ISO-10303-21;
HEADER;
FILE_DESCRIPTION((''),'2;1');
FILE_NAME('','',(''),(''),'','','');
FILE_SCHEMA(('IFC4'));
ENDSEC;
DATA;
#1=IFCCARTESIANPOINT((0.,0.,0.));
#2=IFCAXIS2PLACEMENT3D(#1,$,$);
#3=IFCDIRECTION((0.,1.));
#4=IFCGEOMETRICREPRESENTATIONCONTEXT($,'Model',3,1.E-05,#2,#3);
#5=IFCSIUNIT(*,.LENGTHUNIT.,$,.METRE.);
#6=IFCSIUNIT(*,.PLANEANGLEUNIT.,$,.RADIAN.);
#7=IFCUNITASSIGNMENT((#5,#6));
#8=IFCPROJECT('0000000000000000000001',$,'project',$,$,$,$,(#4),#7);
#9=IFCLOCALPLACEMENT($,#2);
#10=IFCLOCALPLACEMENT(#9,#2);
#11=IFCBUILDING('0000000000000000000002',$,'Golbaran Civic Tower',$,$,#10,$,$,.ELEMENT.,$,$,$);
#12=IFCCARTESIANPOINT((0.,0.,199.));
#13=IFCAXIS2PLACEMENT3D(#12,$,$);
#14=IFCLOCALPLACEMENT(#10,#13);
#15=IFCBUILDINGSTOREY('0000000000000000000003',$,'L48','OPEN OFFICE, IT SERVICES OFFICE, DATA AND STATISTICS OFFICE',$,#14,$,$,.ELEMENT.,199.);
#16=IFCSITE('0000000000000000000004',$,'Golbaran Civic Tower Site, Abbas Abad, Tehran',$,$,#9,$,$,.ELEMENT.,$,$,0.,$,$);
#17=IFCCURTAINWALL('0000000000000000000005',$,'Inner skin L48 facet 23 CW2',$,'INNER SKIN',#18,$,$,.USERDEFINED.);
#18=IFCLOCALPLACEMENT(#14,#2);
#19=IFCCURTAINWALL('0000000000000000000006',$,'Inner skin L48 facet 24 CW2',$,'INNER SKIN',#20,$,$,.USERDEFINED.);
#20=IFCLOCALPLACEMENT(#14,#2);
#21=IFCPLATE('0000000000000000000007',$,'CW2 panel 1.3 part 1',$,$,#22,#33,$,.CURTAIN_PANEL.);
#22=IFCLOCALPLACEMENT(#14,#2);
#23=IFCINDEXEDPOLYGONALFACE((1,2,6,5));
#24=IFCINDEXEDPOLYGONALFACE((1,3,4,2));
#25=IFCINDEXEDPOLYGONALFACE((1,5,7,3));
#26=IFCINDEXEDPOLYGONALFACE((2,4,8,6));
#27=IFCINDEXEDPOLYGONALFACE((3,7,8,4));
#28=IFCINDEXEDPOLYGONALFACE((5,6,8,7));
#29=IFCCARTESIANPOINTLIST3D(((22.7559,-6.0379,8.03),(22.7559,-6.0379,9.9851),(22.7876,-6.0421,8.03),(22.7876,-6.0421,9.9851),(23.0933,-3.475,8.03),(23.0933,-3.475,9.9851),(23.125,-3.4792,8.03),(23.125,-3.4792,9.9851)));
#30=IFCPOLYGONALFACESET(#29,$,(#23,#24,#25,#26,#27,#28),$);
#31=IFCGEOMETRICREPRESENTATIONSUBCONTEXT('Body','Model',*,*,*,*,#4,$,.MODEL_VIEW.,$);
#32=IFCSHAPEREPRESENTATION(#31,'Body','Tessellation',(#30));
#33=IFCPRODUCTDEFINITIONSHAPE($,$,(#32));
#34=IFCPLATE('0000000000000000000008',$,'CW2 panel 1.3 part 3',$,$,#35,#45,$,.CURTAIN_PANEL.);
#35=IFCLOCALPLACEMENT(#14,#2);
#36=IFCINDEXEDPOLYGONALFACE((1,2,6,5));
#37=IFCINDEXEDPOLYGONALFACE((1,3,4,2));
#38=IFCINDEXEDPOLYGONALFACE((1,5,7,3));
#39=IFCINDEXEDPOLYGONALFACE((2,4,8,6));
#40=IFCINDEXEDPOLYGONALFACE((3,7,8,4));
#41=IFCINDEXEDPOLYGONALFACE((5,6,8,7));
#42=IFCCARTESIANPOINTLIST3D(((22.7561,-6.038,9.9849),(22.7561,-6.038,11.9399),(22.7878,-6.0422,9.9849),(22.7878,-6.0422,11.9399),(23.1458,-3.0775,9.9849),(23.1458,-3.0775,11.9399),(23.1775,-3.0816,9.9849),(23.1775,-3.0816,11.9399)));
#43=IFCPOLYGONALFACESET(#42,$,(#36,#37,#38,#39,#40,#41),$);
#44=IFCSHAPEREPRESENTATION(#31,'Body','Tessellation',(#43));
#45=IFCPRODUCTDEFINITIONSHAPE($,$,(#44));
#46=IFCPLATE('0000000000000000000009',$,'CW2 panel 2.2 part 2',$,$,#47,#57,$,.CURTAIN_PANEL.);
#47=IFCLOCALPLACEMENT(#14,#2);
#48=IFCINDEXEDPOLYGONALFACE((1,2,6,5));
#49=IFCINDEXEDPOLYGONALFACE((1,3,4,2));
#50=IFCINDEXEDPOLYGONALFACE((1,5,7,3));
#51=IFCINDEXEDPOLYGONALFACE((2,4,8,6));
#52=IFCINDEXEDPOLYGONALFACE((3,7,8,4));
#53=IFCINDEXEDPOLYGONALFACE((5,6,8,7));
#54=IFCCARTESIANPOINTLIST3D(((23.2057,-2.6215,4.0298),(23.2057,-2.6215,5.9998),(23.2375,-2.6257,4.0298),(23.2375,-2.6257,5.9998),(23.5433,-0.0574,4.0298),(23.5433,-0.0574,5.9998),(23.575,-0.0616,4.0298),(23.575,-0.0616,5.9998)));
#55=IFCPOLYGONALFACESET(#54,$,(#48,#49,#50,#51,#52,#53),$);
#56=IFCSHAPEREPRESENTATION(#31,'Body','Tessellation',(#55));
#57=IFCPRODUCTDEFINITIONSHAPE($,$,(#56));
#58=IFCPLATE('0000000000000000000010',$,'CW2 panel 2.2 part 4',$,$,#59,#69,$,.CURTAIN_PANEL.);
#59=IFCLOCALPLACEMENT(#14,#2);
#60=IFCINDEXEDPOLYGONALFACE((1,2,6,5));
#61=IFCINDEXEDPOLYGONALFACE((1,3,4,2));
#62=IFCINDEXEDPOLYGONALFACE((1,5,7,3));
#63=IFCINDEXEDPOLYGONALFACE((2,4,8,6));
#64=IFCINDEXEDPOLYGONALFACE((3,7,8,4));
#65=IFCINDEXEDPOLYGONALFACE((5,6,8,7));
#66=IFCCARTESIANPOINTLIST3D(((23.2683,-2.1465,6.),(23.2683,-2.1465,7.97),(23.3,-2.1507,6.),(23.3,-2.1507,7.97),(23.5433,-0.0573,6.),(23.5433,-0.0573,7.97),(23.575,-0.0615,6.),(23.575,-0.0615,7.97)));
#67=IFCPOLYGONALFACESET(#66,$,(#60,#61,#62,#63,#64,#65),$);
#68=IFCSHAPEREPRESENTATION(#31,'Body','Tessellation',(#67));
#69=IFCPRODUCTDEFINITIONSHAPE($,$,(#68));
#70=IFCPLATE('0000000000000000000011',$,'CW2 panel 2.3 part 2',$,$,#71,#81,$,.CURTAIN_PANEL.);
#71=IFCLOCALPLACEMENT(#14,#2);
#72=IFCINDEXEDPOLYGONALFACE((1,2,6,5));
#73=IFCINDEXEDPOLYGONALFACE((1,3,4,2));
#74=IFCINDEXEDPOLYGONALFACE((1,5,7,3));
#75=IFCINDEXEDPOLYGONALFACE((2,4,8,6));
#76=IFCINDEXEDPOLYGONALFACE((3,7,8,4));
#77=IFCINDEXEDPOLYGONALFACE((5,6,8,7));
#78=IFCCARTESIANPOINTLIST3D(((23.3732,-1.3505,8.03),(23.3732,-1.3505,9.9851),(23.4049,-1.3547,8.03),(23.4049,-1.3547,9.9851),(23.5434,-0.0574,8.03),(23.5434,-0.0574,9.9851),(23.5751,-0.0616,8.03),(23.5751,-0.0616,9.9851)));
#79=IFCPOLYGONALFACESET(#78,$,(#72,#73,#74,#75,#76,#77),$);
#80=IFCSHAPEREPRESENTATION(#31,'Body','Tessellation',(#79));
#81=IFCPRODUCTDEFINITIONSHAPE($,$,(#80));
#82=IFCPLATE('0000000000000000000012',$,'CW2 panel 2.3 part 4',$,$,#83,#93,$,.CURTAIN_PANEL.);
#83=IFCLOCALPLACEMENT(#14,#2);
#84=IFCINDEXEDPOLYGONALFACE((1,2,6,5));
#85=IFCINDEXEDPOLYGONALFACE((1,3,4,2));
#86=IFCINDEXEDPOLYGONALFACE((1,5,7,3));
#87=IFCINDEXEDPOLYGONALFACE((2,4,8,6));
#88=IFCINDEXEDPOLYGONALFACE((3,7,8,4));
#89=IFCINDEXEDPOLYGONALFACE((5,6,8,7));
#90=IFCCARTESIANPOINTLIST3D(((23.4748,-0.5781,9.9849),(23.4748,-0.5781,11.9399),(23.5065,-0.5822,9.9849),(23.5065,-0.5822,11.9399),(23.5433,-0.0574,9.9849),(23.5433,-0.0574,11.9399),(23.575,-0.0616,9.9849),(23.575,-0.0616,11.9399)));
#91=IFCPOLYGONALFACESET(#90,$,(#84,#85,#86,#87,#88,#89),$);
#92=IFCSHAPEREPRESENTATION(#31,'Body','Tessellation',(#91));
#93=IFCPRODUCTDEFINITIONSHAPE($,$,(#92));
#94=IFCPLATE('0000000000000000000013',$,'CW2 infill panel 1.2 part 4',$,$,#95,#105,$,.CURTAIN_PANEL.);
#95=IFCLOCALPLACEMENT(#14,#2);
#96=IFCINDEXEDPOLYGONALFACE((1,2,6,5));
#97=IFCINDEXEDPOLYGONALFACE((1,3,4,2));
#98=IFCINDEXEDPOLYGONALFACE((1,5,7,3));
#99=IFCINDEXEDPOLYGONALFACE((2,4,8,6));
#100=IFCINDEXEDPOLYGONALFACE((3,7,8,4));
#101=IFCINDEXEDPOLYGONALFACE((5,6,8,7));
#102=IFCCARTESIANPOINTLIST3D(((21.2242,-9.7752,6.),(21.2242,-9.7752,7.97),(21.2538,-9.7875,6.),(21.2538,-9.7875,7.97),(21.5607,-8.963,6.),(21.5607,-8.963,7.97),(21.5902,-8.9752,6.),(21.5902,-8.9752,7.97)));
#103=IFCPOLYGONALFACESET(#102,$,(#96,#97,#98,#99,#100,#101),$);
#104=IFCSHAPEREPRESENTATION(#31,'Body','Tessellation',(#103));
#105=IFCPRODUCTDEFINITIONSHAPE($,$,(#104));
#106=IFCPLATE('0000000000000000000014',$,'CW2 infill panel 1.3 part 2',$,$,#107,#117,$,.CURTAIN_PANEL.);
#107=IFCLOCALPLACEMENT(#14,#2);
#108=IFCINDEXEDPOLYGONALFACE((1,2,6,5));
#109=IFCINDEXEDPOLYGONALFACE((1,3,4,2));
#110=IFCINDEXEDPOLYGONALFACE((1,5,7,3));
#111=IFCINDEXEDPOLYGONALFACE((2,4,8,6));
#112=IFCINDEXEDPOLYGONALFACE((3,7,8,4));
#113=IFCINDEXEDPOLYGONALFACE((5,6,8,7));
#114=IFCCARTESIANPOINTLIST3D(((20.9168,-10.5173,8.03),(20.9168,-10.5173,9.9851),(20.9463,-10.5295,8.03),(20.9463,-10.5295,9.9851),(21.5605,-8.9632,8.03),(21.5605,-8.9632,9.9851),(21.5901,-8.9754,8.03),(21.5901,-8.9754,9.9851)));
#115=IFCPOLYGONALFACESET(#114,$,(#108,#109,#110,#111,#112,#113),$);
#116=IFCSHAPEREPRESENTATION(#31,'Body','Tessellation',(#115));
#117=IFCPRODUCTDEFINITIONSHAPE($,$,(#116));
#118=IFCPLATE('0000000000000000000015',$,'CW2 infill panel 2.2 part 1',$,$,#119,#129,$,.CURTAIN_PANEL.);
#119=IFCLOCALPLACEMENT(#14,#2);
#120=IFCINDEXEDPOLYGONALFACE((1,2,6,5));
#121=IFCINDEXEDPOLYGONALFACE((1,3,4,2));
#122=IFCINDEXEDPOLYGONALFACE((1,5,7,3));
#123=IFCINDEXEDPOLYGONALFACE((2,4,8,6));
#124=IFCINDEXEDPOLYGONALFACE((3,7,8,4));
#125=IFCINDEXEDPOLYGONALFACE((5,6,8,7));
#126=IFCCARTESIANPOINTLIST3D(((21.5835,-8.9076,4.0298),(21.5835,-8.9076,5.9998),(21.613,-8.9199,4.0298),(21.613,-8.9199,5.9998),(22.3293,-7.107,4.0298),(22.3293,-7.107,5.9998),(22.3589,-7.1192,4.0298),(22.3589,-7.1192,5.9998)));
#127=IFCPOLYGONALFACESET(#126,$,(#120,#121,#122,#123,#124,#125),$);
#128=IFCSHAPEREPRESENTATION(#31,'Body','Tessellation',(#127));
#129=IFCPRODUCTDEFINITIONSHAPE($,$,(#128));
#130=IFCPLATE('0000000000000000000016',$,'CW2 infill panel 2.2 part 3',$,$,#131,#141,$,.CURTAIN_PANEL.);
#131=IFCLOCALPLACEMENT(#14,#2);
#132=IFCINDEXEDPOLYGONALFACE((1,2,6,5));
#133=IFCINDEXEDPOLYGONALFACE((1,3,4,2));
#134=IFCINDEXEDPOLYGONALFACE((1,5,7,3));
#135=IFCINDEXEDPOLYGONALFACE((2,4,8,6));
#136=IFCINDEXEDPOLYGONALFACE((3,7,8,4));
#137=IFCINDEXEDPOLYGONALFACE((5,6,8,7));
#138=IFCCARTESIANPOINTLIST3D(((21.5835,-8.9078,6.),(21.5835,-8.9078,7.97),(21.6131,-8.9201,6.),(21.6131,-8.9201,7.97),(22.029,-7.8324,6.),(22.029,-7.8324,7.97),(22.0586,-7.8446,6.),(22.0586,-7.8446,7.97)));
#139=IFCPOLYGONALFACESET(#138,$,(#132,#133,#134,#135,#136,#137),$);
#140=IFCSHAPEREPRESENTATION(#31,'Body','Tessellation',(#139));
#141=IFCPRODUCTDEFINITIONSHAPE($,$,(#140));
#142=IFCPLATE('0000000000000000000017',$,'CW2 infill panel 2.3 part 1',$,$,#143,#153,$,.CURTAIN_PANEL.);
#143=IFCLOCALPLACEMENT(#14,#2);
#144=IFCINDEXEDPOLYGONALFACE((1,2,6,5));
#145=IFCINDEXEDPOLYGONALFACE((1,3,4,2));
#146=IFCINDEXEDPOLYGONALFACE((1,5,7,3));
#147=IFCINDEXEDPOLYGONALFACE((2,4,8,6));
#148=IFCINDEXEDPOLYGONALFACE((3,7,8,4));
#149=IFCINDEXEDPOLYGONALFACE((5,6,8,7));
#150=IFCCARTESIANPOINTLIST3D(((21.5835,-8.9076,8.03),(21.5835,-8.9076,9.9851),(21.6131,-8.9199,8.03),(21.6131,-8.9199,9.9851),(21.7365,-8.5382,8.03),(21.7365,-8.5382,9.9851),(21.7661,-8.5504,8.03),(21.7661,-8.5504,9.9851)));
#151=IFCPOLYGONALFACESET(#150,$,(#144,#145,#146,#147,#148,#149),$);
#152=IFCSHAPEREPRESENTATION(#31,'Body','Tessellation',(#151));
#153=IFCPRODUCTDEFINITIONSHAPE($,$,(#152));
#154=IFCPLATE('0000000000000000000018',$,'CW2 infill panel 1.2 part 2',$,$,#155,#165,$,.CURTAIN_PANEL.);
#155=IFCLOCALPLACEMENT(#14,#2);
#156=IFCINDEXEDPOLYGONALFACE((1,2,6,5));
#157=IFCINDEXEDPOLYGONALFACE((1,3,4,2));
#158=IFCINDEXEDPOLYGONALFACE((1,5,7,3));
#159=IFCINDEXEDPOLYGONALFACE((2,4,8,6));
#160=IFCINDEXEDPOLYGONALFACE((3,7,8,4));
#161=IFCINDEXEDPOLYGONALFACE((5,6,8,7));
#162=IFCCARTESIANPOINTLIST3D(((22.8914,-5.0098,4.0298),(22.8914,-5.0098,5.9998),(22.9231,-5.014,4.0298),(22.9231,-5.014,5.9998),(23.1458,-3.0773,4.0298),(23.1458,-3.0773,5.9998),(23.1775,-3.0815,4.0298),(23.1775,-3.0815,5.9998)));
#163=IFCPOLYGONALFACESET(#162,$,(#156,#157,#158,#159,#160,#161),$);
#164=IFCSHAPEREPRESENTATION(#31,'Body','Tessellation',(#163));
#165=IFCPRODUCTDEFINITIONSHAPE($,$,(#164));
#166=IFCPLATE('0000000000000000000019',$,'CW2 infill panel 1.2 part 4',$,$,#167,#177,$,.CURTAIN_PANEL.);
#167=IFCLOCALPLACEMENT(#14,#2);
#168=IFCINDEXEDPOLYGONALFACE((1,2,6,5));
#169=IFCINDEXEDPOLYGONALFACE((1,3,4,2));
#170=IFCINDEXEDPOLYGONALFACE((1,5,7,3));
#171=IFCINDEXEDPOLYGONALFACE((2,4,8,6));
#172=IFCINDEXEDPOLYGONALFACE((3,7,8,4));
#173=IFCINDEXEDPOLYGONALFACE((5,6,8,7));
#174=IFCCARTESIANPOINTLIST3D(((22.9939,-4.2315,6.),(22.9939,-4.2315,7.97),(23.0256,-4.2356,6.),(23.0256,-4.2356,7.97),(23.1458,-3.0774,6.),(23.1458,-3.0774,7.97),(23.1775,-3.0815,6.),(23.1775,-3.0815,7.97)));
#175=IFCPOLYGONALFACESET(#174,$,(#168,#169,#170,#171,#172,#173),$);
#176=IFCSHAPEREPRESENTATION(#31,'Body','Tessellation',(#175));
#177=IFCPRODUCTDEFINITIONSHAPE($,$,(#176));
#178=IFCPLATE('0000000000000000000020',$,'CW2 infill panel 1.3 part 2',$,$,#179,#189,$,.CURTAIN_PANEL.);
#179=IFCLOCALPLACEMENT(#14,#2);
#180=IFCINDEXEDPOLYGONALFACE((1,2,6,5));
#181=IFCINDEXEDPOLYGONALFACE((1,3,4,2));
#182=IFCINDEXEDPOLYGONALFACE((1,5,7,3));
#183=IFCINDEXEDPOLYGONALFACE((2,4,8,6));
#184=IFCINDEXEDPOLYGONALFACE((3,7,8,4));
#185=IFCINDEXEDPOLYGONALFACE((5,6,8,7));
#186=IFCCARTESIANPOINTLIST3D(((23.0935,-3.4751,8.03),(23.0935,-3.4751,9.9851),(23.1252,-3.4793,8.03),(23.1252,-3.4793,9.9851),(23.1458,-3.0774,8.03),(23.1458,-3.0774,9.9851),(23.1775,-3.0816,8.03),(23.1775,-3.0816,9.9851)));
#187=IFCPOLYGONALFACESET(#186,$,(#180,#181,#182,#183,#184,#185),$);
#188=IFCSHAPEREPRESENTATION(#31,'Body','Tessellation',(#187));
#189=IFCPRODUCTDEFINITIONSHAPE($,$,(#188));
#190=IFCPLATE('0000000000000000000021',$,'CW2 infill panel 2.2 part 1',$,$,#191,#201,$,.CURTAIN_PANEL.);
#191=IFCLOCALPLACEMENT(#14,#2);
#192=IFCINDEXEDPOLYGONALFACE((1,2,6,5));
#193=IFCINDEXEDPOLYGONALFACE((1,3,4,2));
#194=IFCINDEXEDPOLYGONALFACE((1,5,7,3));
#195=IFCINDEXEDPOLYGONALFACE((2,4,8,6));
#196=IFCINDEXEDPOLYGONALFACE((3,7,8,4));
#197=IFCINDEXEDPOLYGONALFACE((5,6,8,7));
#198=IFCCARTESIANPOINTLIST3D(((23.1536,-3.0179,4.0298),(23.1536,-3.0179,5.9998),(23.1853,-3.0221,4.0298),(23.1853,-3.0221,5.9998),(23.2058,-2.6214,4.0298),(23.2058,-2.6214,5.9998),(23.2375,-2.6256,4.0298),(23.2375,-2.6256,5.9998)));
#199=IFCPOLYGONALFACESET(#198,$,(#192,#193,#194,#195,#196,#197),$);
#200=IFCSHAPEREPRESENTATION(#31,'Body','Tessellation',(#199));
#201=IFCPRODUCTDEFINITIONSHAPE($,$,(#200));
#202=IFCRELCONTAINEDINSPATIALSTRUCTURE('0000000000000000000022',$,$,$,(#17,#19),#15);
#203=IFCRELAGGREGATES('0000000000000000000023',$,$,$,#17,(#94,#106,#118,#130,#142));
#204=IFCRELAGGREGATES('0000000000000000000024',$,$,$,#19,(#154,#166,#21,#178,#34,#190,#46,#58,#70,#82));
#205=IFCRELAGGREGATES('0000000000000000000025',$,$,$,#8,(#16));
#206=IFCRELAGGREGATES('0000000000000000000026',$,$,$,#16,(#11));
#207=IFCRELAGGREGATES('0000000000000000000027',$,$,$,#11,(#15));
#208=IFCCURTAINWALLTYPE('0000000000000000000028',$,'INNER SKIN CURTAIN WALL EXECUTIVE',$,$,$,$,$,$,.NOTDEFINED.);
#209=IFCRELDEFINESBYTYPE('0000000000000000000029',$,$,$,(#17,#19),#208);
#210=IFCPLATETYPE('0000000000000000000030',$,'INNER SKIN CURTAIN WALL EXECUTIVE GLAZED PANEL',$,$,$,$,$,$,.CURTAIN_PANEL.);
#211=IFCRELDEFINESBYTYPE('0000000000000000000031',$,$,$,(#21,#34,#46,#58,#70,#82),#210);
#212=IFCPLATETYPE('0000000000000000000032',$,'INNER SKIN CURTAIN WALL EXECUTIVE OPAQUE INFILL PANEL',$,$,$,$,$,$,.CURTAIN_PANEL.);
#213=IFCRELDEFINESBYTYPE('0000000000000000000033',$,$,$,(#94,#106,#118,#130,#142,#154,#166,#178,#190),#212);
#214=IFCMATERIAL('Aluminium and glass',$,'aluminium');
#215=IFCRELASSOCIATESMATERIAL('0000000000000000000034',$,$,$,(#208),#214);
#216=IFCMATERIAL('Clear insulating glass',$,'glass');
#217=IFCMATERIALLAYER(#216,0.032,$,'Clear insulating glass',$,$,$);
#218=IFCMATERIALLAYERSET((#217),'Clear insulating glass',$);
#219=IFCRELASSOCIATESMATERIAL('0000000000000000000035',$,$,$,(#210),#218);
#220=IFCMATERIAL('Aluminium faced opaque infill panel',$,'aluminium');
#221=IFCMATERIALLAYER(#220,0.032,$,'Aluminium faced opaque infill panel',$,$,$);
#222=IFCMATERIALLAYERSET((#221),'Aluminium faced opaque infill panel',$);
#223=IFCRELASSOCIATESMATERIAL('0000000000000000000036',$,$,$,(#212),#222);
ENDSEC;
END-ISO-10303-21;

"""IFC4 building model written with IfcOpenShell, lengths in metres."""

from ifc_helpers import new_model, si_unit, direction, frame, origin, origin_2d, place, context, subcontext, project, spatial, rectangle, extrude, material, layer, layer_set, type_object, element, aggregate, save


model = new_model("IFC4")

# Units and contexts
model_context = context("Model", 3, precision=1e-05, world=origin(), true_north=direction((0.0, 1.0)))
body_context = subcontext(model_context, "Body", "Model", "MODEL_VIEW")
ifc_project = project(units=[si_unit("LENGTHUNIT", "METRE"), si_unit("PLANEANGLEUNIT", "RADIAN")], contexts=[model_context])

# Site, building, storey
site_placement = place(None, origin())
site = spatial("IfcSite", under=ifc_project, at=site_placement, Name="Golbaran Civic Tower Site, Abbas Abad, Tehran", CompositionType="ELEMENT", RefElevation=0.0)
building_placement = place(site_placement, origin())
building = spatial("IfcBuilding", under=site, at=building_placement, Name="Golbaran Civic Tower", CompositionType="ELEMENT")
storey_placement = place(building_placement, frame((0.0, 0.0, 199.0)))
storey = spatial("IfcBuildingStorey", under=building, at=storey_placement, Name="L48", Description="OPEN OFFICE, IT SERVICES OFFICE, DATA AND STATISTICS OFFICE", CompositionType="ELEMENT", Elevation=199.0)

# Curtain walls
ifc_material_1 = material(Name="Aluminium and glass", Category="aluminium")
curtain_wall_type_1 = type_object("IfcCurtainWallType", Name="INNER SKIN CURTAIN WALL EXECUTIVE", PredefinedType="NOTDEFINED", material=ifc_material_1)
curtain_wall_1_placement = place(storey_placement, origin())
curtain_wall_1 = element("IfcCurtainWall", 1, at=curtain_wall_1_placement, inside=storey, type_object=curtain_wall_type_1, Name="Inner skin L48 facet 23 CW2", ObjectType="INNER SKIN", PredefinedType="USERDEFINED")
curtain_wall_2_placement = place(storey_placement, origin())
curtain_wall_2 = element("IfcCurtainWall", 2, at=curtain_wall_2_placement, inside=storey, type_object=curtain_wall_type_1, Name="Inner skin L48 facet 24 CW2", ObjectType="INNER SKIN", PredefinedType="USERDEFINED")

# Plates
ifc_material_2 = material(Name="Clear insulating glass", Category="glass")
ifc_layer_1 = layer(ifc_material_2, 0.032, Name="Clear insulating glass")
ifc_layer_set_1 = layer_set([ifc_layer_1], Name="Clear insulating glass")
plate_type_1 = type_object("IfcPlateType", Name="INNER SKIN CURTAIN WALL EXECUTIVE GLAZED PANEL", PredefinedType="CURTAIN_PANEL", material=ifc_layer_set_1)
plate_1_placement = place(storey_placement, frame((22.9404, -4.7585, 8.03), z_axis=(0.0, 0.0, 1.0), x_axis=(0.130526, 0.991445, 0.0)))
plate_1 = element("IfcPlate", 3, at=plate_1_placement, type_object=plate_type_1, Name="CW2 panel 1.3 part 1", PredefinedType="CURTAIN_PANEL", context=body_context, shape_type="SweptSolid", body=[
    extrude(rectangle(XDim=2.585, YDim=0.032, at=origin_2d()), origin(), (0.0, 0.0, 1.0), 1.9551),
])
plate_2_placement = place(storey_placement, frame((22.9668, -4.5598, 9.9849), z_axis=(0.0, 0.0, 1.0), x_axis=(0.130526, 0.991445, 0.0)))
plate_2 = element("IfcPlate", 4, at=plate_2_placement, type_object=plate_type_1, Name="CW2 panel 1.3 part 3", PredefinedType="CURTAIN_PANEL", context=body_context, shape_type="SweptSolid", body=[
    extrude(rectangle(XDim=2.9861, YDim=0.032, at=origin_2d()), origin(), (0.0, 0.0, 1.0), 1.9551),
])
plate_3_placement = place(storey_placement, frame((23.3904, -1.3416, 4.0298), z_axis=(0.0, 0.0, 1.0), x_axis=(0.130526, 0.991445, 0.0)))
plate_3 = element("IfcPlate", 5, at=plate_3_placement, type_object=plate_type_1, Name="CW2 panel 2.2 part 2", PredefinedType="CURTAIN_PANEL", context=body_context, shape_type="SweptSolid", body=[
    extrude(rectangle(XDim=2.5862, YDim=0.032, at=origin_2d()), origin(), (0.0, 0.0, 1.0), 1.97),
])
plate_4_placement = place(storey_placement, frame((23.4216, -1.104, 6.0), z_axis=(0.0, 0.0, 1.0), x_axis=(0.130526, 0.991445, 0.0)))
plate_4 = element("IfcPlate", 6, at=plate_4_placement, type_object=plate_type_1, Name="CW2 panel 2.2 part 4", PredefinedType="CURTAIN_PANEL", context=body_context, shape_type="SweptSolid", body=[
    extrude(rectangle(XDim=2.1072, YDim=0.032, at=origin_2d()), origin(), (0.0, 0.0, 1.0), 1.97),
])
plate_5_placement = place(storey_placement, frame((23.4741, -0.7061, 8.03), z_axis=(0.0, 0.0, 1.0), x_axis=(0.130526, 0.991445, 0.0)))
plate_5 = element("IfcPlate", 7, at=plate_5_placement, type_object=plate_type_1, Name="CW2 panel 2.3 part 2", PredefinedType="CURTAIN_PANEL", context=body_context, shape_type="SweptSolid", body=[
    extrude(rectangle(XDim=1.3042, YDim=0.032, at=origin_2d()), origin(), (0.0, 0.0, 1.0), 1.9551),
])
plate_6_placement = place(storey_placement, frame((23.5249, -0.3198, 9.9849), z_axis=(0.0, 0.0, 1.0), x_axis=(0.130526, 0.991445, 0.0)))
plate_6 = element("IfcPlate", 8, at=plate_6_placement, type_object=plate_type_1, Name="CW2 panel 2.3 part 4", PredefinedType="CURTAIN_PANEL", context=body_context, shape_type="SweptSolid", body=[
    extrude(rectangle(XDim=0.5251, YDim=0.032, at=origin_2d()), origin(), (0.0, 0.0, 1.0), 1.9551),
])
ifc_material_3 = material(Name="Aluminium faced opaque infill panel", Category="aluminium")
ifc_layer_2 = layer(ifc_material_3, 0.032, Name="Aluminium faced opaque infill panel")
ifc_layer_set_2 = layer_set([ifc_layer_2], Name="Aluminium faced opaque infill panel")
plate_type_2 = type_object("IfcPlateType", Name="INNER SKIN CURTAIN WALL EXECUTIVE OPAQUE INFILL PANEL", PredefinedType="CURTAIN_PANEL", material=ifc_layer_set_2)
plate_7_placement = place(storey_placement, frame((21.4072, -9.3752, 6.0), z_axis=(0.0, 0.0, 1.0), x_axis=(0.382683, 0.92388, 0.0)))
plate_7 = element("IfcPlate", 9, at=plate_7_placement, type_object=plate_type_2, Name="CW2 infill panel 1.2 part 4", PredefinedType="CURTAIN_PANEL", context=body_context, shape_type="SweptSolid", body=[
    extrude(rectangle(XDim=0.8792, YDim=0.032, at=origin_2d()), origin(), (0.0, 0.0, 1.0), 1.97),
])
plate_8_placement = place(storey_placement, frame((21.2534, -9.7463, 8.03), z_axis=(0.0, 0.0, 1.0), x_axis=(0.382683, 0.92388, 0.0)))
plate_8 = element("IfcPlate", 10, at=plate_8_placement, type_object=plate_type_2, Name="CW2 infill panel 1.3 part 2", PredefinedType="CURTAIN_PANEL", context=body_context, shape_type="SweptSolid", body=[
    extrude(rectangle(XDim=1.6821, YDim=0.032, at=origin_2d()), origin(), (0.0, 0.0, 1.0), 1.9551),
])
plate_9_placement = place(storey_placement, frame((21.9712, -8.0134, 4.0298), z_axis=(0.0, 0.0, 1.0), x_axis=(0.382683, 0.92388, 0.0)))
plate_9 = element("IfcPlate", 11, at=plate_9_placement, type_object=plate_type_2, Name="CW2 infill panel 2.2 part 1", PredefinedType="CURTAIN_PANEL", context=body_context, shape_type="SweptSolid", body=[
    extrude(rectangle(XDim=1.949, YDim=0.032, at=origin_2d()), origin(), (0.0, 0.0, 1.0), 1.97),
])
plate_10_placement = place(storey_placement, frame((21.821, -8.3762, 6.0), z_axis=(0.0, 0.0, 1.0), x_axis=(0.382683, 0.92388, 0.0)))
plate_10 = element("IfcPlate", 12, at=plate_10_placement, type_object=plate_type_2, Name="CW2 infill panel 2.2 part 3", PredefinedType="CURTAIN_PANEL", context=body_context, shape_type="SweptSolid", body=[
    extrude(rectangle(XDim=1.1641, YDim=0.032, at=origin_2d()), origin(), (0.0, 0.0, 1.0), 1.97),
])
plate_11_placement = place(storey_placement, frame((21.6748, -8.729, 8.03), z_axis=(0.0, 0.0, 1.0), x_axis=(0.382683, 0.92388, 0.0)))
plate_11 = element("IfcPlate", 13, at=plate_11_placement, type_object=plate_type_2, Name="CW2 infill panel 2.3 part 1", PredefinedType="CURTAIN_PANEL", context=body_context, shape_type="SweptSolid", body=[
    extrude(rectangle(XDim=0.3999, YDim=0.032, at=origin_2d()), origin(), (0.0, 0.0, 1.0), 1.9551),
])
aggregate(curtain_wall_1, [plate_7, plate_8, plate_9, plate_10, plate_11])
plate_12_placement = place(storey_placement, frame((23.0344, -4.0457, 4.0298), z_axis=(0.0, 0.0, 1.0), x_axis=(0.130526, 0.991445, 0.0)))
plate_12 = element("IfcPlate", 14, at=plate_12_placement, type_object=plate_type_2, Name="CW2 infill panel 1.2 part 2", PredefinedType="CURTAIN_PANEL", context=body_context, shape_type="SweptSolid", body=[
    extrude(rectangle(XDim=1.9492, YDim=0.032, at=origin_2d()), origin(), (0.0, 0.0, 1.0), 1.97),
])
plate_13_placement = place(storey_placement, frame((23.0857, -3.6565, 6.0), z_axis=(0.0, 0.0, 1.0), x_axis=(0.130526, 0.991445, 0.0)))
plate_13 = element("IfcPlate", 15, at=plate_13_placement, type_object=plate_type_2, Name="CW2 infill panel 1.2 part 4", PredefinedType="CURTAIN_PANEL", context=body_context, shape_type="SweptSolid", body=[
    extrude(rectangle(XDim=1.1641, YDim=0.032, at=origin_2d()), origin(), (0.0, 0.0, 1.0), 1.97),
])
plate_14_placement = place(storey_placement, frame((23.1355, -3.2783, 8.03), z_axis=(0.0, 0.0, 1.0), x_axis=(0.130526, 0.991445, 0.0)))
plate_14 = element("IfcPlate", 16, at=plate_14_placement, type_object=plate_type_2, Name="CW2 infill panel 1.3 part 2", PredefinedType="CURTAIN_PANEL", context=body_context, shape_type="SweptSolid", body=[
    extrude(rectangle(XDim=0.4011, YDim=0.032, at=origin_2d()), origin(), (0.0, 0.0, 1.0), 1.9551),
])
plate_15_placement = place(storey_placement, frame((23.1956, -2.8218, 4.0298), z_axis=(0.0, 0.0, 1.0), x_axis=(0.130526, 0.991445, 0.0)))
plate_15 = element("IfcPlate", 17, at=plate_15_placement, type_object=plate_type_2, Name="CW2 infill panel 2.2 part 1", PredefinedType="CURTAIN_PANEL", context=body_context, shape_type="SweptSolid", body=[
    extrude(rectangle(XDim=0.3999, YDim=0.032, at=origin_2d()), origin(), (0.0, 0.0, 1.0), 1.97),
])
aggregate(curtain_wall_2, [plate_12, plate_13, plate_1, plate_14, plate_2, plate_15, plate_3, plate_4, plate_5, plate_6])

save(model, "model.ifc")
